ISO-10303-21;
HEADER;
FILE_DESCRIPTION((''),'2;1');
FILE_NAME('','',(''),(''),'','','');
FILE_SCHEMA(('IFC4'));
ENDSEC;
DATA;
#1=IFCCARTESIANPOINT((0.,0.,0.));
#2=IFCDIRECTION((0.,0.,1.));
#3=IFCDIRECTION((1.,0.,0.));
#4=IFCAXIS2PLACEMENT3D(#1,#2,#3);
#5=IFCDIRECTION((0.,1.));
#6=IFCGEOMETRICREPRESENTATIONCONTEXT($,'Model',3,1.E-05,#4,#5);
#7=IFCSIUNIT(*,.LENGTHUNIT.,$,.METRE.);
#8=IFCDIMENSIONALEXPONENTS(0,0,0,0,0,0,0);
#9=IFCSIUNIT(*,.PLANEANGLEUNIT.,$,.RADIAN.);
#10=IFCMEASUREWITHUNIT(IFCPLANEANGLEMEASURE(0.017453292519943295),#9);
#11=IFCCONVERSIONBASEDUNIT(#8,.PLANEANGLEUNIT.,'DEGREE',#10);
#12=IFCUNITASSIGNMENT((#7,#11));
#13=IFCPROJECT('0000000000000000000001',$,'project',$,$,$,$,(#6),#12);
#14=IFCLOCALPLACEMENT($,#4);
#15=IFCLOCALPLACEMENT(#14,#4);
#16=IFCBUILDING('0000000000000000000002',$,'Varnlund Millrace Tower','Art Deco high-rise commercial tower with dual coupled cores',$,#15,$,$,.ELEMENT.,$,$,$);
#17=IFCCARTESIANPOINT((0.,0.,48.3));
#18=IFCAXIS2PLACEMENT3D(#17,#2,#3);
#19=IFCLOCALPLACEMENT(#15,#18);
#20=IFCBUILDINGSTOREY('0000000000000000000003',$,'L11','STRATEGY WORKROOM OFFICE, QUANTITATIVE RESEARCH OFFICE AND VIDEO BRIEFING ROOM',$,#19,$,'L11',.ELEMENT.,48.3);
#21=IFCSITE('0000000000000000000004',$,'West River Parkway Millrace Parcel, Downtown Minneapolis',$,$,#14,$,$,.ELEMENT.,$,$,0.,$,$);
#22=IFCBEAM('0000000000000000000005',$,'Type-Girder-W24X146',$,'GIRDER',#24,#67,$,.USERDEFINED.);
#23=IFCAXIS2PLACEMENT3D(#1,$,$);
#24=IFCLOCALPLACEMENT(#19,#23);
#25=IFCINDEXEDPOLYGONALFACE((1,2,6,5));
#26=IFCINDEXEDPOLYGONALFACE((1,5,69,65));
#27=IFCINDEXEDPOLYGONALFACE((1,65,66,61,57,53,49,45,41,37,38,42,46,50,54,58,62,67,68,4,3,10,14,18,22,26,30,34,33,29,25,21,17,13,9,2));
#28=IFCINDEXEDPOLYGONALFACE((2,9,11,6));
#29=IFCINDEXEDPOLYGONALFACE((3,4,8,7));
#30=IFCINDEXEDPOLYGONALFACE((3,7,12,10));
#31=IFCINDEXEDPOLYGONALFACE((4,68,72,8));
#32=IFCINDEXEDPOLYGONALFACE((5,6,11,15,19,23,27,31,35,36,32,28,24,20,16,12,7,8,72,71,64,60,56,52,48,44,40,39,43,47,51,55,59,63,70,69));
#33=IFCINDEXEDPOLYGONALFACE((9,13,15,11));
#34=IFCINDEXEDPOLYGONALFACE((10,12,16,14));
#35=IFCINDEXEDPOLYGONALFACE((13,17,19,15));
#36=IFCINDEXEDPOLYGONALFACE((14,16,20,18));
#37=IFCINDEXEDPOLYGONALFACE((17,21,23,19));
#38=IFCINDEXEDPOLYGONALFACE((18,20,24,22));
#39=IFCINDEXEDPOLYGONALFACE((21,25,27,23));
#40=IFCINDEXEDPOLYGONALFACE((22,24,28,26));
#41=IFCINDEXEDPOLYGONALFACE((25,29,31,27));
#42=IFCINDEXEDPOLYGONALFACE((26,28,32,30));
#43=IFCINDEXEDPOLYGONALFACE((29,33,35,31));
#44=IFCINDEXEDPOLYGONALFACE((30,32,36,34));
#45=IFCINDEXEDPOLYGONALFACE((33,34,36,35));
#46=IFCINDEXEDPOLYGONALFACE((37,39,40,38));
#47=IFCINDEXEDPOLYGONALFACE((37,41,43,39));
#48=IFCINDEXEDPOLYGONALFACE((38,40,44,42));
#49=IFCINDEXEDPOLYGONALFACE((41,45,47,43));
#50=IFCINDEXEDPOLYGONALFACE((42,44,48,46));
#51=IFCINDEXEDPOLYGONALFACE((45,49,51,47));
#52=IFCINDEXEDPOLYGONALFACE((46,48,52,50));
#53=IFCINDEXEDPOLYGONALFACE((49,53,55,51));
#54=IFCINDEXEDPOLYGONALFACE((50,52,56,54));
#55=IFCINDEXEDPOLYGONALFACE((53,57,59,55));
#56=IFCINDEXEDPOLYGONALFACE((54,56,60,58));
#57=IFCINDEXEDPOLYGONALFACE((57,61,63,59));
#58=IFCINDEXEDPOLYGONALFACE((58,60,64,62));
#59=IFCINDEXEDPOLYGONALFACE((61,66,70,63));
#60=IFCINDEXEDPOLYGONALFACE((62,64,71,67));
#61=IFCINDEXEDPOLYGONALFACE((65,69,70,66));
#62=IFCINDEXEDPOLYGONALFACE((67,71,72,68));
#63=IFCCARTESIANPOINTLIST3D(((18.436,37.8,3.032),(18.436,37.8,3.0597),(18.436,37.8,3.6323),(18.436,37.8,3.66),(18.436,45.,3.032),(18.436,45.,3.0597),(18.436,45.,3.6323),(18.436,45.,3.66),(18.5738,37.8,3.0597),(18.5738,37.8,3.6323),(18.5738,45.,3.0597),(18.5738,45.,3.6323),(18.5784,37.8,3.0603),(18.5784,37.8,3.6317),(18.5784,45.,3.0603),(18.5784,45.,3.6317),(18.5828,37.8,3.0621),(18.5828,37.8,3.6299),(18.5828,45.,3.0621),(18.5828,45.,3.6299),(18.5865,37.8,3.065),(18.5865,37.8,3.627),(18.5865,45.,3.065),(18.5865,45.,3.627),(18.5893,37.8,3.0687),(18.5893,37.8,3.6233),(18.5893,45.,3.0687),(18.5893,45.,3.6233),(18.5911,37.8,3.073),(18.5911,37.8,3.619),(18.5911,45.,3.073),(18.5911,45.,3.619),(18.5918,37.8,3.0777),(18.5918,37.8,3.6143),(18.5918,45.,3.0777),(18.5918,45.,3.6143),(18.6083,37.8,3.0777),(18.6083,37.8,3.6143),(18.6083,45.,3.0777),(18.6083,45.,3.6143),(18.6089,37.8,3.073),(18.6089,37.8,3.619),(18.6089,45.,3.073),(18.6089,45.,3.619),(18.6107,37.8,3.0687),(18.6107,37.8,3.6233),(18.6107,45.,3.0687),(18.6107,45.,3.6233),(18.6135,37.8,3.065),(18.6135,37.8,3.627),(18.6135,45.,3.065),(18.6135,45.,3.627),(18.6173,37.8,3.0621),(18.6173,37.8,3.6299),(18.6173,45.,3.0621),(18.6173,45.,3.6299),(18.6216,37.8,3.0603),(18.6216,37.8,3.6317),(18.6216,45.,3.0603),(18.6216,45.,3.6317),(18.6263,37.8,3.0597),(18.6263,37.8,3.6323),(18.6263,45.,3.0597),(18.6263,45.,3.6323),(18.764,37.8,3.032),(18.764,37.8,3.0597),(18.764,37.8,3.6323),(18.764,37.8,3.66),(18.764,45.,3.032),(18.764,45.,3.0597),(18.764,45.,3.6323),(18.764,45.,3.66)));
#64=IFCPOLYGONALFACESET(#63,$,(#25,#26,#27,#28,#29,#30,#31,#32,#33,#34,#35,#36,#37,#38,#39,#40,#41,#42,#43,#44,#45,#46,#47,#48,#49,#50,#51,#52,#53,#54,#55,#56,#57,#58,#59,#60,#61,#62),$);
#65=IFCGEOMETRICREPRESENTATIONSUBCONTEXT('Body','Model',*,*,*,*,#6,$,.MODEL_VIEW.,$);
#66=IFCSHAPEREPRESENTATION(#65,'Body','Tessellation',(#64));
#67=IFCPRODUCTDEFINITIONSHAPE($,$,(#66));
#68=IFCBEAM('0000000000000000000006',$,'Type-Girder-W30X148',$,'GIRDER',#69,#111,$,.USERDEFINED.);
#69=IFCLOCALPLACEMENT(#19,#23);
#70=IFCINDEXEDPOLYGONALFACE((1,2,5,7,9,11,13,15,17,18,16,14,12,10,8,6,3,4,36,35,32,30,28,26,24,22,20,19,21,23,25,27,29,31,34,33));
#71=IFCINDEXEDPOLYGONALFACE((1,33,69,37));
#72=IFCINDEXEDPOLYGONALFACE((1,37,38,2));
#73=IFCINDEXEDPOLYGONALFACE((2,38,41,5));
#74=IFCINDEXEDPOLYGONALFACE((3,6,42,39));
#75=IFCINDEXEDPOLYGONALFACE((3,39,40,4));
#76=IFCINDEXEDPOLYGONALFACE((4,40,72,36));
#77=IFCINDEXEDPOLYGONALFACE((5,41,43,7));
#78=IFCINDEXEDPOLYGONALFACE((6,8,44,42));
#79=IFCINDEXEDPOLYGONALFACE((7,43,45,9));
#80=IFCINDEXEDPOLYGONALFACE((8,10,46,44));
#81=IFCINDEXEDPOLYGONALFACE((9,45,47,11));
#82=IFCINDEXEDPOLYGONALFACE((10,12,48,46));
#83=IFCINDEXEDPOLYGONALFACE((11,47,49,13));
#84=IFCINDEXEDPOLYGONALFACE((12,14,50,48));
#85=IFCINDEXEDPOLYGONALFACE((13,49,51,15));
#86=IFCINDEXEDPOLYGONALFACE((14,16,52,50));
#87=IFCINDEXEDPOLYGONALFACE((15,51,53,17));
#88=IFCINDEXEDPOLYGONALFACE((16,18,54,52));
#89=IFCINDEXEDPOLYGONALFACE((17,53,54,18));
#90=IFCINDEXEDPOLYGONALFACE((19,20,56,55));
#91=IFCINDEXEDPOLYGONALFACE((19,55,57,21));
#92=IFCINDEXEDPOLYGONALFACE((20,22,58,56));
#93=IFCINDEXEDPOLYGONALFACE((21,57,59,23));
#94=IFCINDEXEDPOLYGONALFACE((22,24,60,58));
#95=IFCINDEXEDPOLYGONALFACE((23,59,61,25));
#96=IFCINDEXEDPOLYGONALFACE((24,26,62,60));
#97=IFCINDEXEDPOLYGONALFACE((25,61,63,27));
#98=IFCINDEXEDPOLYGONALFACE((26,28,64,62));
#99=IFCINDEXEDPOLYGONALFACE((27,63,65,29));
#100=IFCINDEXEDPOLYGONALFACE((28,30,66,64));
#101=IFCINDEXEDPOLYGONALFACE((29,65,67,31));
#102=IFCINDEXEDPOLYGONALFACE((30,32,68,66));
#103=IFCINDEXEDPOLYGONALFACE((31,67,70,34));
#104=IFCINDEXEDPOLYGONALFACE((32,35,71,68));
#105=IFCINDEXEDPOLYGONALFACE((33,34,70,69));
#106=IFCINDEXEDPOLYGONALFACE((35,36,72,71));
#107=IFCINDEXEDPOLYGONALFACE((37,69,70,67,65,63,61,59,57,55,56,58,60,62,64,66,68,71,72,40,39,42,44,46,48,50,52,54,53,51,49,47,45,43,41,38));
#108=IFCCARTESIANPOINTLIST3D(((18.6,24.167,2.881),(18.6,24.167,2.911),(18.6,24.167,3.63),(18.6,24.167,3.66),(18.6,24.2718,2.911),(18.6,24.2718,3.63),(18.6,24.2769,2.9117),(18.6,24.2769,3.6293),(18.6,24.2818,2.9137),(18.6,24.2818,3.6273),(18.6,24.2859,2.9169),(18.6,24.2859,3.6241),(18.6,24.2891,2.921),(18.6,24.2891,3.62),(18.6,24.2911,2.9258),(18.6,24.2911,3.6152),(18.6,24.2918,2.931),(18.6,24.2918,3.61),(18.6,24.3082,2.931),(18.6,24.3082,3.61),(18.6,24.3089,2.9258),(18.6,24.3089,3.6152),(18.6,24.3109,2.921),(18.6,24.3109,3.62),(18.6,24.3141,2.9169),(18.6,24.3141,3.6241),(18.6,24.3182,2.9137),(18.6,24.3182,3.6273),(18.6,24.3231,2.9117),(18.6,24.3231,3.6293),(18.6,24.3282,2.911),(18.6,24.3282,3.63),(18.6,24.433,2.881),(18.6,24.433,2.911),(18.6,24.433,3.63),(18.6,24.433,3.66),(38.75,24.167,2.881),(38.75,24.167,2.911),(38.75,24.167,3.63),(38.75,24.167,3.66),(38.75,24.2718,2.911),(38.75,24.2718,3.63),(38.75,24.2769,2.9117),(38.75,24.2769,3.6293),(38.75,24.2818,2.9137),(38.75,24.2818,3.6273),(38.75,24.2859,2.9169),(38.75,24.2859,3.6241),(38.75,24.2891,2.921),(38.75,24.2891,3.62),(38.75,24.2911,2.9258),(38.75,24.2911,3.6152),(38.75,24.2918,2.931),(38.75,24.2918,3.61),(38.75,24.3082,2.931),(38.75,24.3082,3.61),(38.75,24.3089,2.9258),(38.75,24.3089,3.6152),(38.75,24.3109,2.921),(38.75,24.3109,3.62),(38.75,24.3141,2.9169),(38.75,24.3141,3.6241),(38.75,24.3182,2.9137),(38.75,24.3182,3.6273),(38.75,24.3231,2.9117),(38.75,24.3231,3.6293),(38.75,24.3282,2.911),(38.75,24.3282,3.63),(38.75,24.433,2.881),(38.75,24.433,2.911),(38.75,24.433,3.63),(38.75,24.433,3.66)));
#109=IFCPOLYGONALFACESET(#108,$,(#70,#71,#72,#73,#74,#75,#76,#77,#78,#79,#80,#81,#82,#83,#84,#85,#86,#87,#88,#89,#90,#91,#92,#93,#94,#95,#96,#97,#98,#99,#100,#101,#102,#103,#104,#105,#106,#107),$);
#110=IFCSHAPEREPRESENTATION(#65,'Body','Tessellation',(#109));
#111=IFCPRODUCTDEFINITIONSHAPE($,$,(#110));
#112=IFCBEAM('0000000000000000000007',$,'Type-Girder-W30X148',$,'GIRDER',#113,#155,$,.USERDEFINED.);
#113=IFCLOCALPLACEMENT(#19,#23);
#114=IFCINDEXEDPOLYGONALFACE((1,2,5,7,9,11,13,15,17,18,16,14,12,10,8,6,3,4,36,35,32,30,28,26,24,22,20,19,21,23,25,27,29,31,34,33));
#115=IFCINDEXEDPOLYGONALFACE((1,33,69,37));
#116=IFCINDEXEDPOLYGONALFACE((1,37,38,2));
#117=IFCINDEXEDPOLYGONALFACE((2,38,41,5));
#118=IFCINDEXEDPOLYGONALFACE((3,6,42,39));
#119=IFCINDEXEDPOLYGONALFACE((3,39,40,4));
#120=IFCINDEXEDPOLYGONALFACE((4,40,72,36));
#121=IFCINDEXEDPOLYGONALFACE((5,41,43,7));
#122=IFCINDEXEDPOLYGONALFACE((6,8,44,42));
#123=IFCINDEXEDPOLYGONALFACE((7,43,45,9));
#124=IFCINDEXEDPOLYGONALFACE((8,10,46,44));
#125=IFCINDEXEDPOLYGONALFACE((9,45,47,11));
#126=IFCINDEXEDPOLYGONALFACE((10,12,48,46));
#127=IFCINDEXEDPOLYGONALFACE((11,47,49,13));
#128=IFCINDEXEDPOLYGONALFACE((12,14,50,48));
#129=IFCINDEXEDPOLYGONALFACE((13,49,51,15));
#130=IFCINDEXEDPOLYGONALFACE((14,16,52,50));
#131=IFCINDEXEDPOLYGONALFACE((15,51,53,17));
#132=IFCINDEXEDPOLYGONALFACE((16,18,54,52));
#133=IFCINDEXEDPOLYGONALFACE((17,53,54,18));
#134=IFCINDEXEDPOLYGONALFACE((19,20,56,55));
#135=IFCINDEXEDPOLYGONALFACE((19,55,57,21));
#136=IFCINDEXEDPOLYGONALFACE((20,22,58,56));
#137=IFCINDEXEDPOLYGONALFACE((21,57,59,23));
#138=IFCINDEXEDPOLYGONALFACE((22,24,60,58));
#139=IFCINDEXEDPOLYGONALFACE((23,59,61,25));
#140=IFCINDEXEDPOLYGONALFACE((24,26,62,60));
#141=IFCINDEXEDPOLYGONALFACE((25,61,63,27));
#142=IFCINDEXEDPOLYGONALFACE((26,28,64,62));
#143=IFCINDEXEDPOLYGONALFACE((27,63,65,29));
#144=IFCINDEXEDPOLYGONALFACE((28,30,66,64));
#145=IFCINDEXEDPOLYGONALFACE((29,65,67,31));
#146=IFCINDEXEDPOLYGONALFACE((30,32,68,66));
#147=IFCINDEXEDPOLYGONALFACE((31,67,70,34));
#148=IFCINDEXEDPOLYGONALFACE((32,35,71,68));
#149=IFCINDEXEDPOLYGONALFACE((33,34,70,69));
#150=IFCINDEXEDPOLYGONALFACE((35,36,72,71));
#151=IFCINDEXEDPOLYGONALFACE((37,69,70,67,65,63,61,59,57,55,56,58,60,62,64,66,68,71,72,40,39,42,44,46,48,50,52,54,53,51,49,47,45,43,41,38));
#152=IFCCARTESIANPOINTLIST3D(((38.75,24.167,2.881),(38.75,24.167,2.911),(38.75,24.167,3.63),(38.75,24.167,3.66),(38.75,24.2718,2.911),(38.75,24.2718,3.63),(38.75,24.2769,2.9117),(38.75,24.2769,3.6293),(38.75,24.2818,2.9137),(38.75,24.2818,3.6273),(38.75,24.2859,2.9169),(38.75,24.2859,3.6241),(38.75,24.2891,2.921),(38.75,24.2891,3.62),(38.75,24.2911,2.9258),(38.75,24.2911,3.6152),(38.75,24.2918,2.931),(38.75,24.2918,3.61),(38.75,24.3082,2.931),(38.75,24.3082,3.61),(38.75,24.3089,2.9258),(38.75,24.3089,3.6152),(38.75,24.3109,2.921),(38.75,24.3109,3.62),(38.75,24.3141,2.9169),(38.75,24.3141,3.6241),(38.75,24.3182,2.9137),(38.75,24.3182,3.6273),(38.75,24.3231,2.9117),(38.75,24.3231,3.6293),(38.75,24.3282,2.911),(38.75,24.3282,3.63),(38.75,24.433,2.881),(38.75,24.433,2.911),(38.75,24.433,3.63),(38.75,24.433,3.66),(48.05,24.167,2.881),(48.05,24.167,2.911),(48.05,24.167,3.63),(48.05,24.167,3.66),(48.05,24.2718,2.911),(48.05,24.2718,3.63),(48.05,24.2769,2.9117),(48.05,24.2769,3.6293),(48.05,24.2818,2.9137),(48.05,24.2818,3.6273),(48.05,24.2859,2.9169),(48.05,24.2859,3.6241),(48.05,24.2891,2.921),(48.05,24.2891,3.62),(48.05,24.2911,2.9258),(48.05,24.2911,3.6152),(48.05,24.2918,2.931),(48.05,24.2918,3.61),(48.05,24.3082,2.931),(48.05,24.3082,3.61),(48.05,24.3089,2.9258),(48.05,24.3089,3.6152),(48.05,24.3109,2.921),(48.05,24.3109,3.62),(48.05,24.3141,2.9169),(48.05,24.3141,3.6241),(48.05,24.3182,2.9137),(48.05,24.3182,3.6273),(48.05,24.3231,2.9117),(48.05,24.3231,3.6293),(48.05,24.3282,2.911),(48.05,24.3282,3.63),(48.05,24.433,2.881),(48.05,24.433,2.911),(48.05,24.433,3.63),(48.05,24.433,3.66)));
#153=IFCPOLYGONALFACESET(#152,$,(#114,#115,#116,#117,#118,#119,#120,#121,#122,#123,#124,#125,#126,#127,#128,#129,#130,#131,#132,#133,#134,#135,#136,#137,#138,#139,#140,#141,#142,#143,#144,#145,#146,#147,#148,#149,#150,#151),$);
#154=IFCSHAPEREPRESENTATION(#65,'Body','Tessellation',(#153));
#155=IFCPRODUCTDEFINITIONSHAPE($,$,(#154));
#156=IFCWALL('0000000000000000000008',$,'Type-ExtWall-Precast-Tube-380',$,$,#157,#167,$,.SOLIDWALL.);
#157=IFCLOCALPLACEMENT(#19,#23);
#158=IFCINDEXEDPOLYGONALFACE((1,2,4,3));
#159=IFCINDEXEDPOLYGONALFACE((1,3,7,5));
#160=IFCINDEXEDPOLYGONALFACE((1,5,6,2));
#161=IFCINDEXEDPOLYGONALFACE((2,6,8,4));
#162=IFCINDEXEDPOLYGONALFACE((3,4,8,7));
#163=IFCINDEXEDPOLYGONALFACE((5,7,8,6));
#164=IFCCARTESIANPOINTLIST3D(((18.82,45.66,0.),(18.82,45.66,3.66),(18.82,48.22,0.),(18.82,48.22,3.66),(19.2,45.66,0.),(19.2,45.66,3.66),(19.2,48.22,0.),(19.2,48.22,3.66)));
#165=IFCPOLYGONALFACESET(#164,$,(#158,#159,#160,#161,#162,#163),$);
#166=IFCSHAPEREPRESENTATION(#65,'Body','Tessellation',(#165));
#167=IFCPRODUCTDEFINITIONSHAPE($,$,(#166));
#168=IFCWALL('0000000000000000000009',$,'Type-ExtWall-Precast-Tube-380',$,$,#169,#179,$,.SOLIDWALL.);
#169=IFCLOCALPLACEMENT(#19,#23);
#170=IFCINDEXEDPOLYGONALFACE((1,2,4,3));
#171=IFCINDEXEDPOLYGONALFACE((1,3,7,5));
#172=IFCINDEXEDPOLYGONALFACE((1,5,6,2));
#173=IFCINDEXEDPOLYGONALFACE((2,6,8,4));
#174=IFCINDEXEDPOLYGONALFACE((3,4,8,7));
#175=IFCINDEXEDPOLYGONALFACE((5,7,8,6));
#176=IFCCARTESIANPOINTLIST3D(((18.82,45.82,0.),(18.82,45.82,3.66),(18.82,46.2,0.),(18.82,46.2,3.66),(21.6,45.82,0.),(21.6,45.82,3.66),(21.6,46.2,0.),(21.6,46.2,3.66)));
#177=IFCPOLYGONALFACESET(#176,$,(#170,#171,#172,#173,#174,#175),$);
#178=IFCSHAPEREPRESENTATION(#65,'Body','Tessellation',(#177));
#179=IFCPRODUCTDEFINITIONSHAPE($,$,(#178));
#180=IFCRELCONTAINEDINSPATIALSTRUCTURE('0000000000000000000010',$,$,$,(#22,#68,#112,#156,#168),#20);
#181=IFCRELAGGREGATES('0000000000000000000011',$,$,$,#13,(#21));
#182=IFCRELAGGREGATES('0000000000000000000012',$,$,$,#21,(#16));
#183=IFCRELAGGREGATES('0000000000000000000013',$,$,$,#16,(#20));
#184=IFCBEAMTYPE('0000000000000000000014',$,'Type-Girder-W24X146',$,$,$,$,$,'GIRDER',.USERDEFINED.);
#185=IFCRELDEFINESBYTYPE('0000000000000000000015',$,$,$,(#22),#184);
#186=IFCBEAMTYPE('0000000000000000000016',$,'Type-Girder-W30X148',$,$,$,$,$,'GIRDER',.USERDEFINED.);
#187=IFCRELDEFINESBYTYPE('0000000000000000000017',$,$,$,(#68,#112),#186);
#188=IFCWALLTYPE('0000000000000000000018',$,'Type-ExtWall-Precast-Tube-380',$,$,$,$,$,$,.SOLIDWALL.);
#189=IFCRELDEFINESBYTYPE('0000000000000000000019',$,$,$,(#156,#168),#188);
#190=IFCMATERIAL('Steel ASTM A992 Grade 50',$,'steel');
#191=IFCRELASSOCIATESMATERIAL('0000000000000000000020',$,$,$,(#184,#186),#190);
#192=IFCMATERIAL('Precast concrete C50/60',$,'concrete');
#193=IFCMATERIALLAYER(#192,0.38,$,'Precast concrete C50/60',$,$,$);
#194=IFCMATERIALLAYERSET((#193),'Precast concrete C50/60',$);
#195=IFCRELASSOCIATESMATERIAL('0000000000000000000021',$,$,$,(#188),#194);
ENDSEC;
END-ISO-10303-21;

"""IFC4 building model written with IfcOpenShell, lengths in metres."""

from ifc_helpers import new_model, entity, si_unit, converted_unit, direction, frame, origin_with_axes, origin_2d_with_axis, place, context, subcontext, project, spatial, polyline, i_section, outline, extrude, material, layer, layer_set, material_profile, profile_set, type_object, element, save


model = new_model("IFC4")

# Units and contexts
model_context = context("Model", 3, precision=1e-05, world=origin_with_axes(), true_north=direction((0.0, 1.0)))
body_context = subcontext(model_context, "Body", "Model", "MODEL_VIEW")
ifc_project = project(units=[si_unit("LENGTHUNIT", "METRE"), converted_unit("PLANEANGLEUNIT", "DEGREE", entity("IfcPlaneAngleMeasure", 0.017453292519943295), si_unit("PLANEANGLEUNIT", "RADIAN"), dimensions=[0, 0, 0, 0, 0, 0, 0])], contexts=[model_context])

# Site, building, storey
site_placement = place(None, origin_with_axes())
site = spatial("IfcSite", under=ifc_project, at=site_placement, Name="West River Parkway Millrace Parcel, Downtown Minneapolis", CompositionType="ELEMENT", RefElevation=0.0)
building_placement = place(site_placement, origin_with_axes())
building = spatial("IfcBuilding", under=site, at=building_placement, Name="Varnlund Millrace Tower", Description="Art Deco high-rise commercial tower with dual coupled cores", CompositionType="ELEMENT")
storey_placement = place(building_placement, frame((0.0, 0.0, 48.3), z_axis=(0.0, 0.0, 1.0), x_axis=(1.0, 0.0, 0.0)))
storey = spatial("IfcBuildingStorey", under=building, at=storey_placement, Name="L11", Description="STRATEGY WORKROOM OFFICE, QUANTITATIVE RESEARCH OFFICE AND VIDEO BRIEFING ROOM", LongName="L11", CompositionType="ELEMENT", Elevation=48.3)

# Beams
ifc_material_1 = material(Name="Steel ASTM A992 Grade 50", Category="steel")
ifc_material_profile_1 = material_profile(ifc_material_1, i_section(OverallWidth=0.328, OverallDepth=0.628, WebThickness=0.0165, FlangeThickness=0.0277, FilletRadius=0.018, at=origin_2d_with_axis()), Name="Steel ASTM A992 Grade 50")
ifc_profile_set_1 = profile_set([ifc_material_profile_1], Name="Steel ASTM A992 Grade 50")
beam_type_1 = type_object("IfcBeamType", Name="Type-Girder-W24X146", ElementType="GIRDER", PredefinedType="USERDEFINED", material=ifc_profile_set_1)
beam_1_placement = place(storey_placement, frame((18.6, 37.8, 3.346), z_axis=(0.0, 1.0, 0.0), x_axis=(-1.0, 0.0, 0.0)))
element("IfcBeam", 1, at=beam_1_placement, inside=storey, type_object=beam_type_1, Name="Type-Girder-W24X146", ObjectType="GIRDER", PredefinedType="USERDEFINED", context=body_context, shape_type="SweptSolid", body=[
    extrude(i_section(OverallWidth=0.328, OverallDepth=0.628, WebThickness=0.0165, FlangeThickness=0.0277, FilletRadius=0.018, at=origin_2d_with_axis()), origin_with_axes(), (0.0, 0.0, 1.0), 7.2),
])
ifc_material_profile_2 = material_profile(ifc_material_1, i_section(OverallWidth=0.266, OverallDepth=0.779, WebThickness=0.0165, FlangeThickness=0.03, FilletRadius=0.02, at=origin_2d_with_axis()), Name="Steel ASTM A992 Grade 50")
ifc_profile_set_2 = profile_set([ifc_material_profile_2], Name="Steel ASTM A992 Grade 50")
beam_type_2 = type_object("IfcBeamType", Name="Type-Girder-W30X148", ElementType="GIRDER", PredefinedType="USERDEFINED", material=ifc_profile_set_2)
beam_2_placement = place(storey_placement, frame((18.6, 24.3, 3.2705), z_axis=(1.0, 0.0, 0.0), x_axis=(0.0, 1.0, 0.0)))
element("IfcBeam", 2, at=beam_2_placement, inside=storey, type_object=beam_type_2, Name="Type-Girder-W30X148", ObjectType="GIRDER", PredefinedType="USERDEFINED", context=body_context, shape_type="SweptSolid", body=[
    extrude(i_section(OverallWidth=0.266, OverallDepth=0.779, WebThickness=0.0165, FlangeThickness=0.03, FilletRadius=0.02, at=origin_2d_with_axis()), origin_with_axes(), (0.0, 0.0, 1.0), 20.15),
])
beam_3_placement = place(storey_placement, frame((38.75, 24.3, 3.2705), z_axis=(1.0, 0.0, 0.0), x_axis=(0.0, 1.0, 0.0)))
element("IfcBeam", 3, at=beam_3_placement, inside=storey, type_object=beam_type_2, Name="Type-Girder-W30X148", ObjectType="GIRDER", PredefinedType="USERDEFINED", context=body_context, shape_type="SweptSolid", body=[
    extrude(i_section(OverallWidth=0.266, OverallDepth=0.779, WebThickness=0.0165, FlangeThickness=0.03, FilletRadius=0.02, at=origin_2d_with_axis()), origin_with_axes(), (0.0, 0.0, 1.0), 9.3),
])

# Walls
ifc_material_2 = material(Name="Precast concrete C50/60", Category="concrete")
ifc_layer_1 = layer(ifc_material_2, 0.38, Name="Precast concrete C50/60")
ifc_layer_set_1 = layer_set([ifc_layer_1], Name="Precast concrete C50/60")
wall_type_1 = type_object("IfcWallType", Name="Type-ExtWall-Precast-Tube-380", PredefinedType="SOLIDWALL", material=ifc_layer_set_1)
wall_1_placement = place(storey_placement, frame((19.01, 48.22, 0.0), z_axis=(0.0, 0.0, 1.0), x_axis=(0.0, -1.0, 0.0)))
element("IfcWall", 4, at=wall_1_placement, inside=storey, type_object=wall_type_1, Name="Type-ExtWall-Precast-Tube-380", PredefinedType="SOLIDWALL", context=body_context, shape_type="SweptSolid", body=[
    extrude(outline(polyline([(0.0, -0.19), (2.56, -0.19), (2.56, 0.19), (0.0, 0.19), (0.0, -0.19)])), origin_with_axes(), (0.0, 0.0, 1.0), 3.66),
])
wall_2_placement = place(storey_placement, frame((18.82, 46.01, 0.0), z_axis=(0.0, 0.0, 1.0), x_axis=(1.0, 0.0, 0.0)))
element("IfcWall", 5, at=wall_2_placement, inside=storey, type_object=wall_type_1, Name="Type-ExtWall-Precast-Tube-380", PredefinedType="SOLIDWALL", context=body_context, shape_type="SweptSolid", body=[
    extrude(outline(polyline([(0.0, -0.19), (2.78, -0.19), (2.78, 0.19), (0.0, 0.19), (0.0, -0.19)])), origin_with_axes(), (0.0, 0.0, 1.0), 3.66),
])

save(model, "model.ifc")
